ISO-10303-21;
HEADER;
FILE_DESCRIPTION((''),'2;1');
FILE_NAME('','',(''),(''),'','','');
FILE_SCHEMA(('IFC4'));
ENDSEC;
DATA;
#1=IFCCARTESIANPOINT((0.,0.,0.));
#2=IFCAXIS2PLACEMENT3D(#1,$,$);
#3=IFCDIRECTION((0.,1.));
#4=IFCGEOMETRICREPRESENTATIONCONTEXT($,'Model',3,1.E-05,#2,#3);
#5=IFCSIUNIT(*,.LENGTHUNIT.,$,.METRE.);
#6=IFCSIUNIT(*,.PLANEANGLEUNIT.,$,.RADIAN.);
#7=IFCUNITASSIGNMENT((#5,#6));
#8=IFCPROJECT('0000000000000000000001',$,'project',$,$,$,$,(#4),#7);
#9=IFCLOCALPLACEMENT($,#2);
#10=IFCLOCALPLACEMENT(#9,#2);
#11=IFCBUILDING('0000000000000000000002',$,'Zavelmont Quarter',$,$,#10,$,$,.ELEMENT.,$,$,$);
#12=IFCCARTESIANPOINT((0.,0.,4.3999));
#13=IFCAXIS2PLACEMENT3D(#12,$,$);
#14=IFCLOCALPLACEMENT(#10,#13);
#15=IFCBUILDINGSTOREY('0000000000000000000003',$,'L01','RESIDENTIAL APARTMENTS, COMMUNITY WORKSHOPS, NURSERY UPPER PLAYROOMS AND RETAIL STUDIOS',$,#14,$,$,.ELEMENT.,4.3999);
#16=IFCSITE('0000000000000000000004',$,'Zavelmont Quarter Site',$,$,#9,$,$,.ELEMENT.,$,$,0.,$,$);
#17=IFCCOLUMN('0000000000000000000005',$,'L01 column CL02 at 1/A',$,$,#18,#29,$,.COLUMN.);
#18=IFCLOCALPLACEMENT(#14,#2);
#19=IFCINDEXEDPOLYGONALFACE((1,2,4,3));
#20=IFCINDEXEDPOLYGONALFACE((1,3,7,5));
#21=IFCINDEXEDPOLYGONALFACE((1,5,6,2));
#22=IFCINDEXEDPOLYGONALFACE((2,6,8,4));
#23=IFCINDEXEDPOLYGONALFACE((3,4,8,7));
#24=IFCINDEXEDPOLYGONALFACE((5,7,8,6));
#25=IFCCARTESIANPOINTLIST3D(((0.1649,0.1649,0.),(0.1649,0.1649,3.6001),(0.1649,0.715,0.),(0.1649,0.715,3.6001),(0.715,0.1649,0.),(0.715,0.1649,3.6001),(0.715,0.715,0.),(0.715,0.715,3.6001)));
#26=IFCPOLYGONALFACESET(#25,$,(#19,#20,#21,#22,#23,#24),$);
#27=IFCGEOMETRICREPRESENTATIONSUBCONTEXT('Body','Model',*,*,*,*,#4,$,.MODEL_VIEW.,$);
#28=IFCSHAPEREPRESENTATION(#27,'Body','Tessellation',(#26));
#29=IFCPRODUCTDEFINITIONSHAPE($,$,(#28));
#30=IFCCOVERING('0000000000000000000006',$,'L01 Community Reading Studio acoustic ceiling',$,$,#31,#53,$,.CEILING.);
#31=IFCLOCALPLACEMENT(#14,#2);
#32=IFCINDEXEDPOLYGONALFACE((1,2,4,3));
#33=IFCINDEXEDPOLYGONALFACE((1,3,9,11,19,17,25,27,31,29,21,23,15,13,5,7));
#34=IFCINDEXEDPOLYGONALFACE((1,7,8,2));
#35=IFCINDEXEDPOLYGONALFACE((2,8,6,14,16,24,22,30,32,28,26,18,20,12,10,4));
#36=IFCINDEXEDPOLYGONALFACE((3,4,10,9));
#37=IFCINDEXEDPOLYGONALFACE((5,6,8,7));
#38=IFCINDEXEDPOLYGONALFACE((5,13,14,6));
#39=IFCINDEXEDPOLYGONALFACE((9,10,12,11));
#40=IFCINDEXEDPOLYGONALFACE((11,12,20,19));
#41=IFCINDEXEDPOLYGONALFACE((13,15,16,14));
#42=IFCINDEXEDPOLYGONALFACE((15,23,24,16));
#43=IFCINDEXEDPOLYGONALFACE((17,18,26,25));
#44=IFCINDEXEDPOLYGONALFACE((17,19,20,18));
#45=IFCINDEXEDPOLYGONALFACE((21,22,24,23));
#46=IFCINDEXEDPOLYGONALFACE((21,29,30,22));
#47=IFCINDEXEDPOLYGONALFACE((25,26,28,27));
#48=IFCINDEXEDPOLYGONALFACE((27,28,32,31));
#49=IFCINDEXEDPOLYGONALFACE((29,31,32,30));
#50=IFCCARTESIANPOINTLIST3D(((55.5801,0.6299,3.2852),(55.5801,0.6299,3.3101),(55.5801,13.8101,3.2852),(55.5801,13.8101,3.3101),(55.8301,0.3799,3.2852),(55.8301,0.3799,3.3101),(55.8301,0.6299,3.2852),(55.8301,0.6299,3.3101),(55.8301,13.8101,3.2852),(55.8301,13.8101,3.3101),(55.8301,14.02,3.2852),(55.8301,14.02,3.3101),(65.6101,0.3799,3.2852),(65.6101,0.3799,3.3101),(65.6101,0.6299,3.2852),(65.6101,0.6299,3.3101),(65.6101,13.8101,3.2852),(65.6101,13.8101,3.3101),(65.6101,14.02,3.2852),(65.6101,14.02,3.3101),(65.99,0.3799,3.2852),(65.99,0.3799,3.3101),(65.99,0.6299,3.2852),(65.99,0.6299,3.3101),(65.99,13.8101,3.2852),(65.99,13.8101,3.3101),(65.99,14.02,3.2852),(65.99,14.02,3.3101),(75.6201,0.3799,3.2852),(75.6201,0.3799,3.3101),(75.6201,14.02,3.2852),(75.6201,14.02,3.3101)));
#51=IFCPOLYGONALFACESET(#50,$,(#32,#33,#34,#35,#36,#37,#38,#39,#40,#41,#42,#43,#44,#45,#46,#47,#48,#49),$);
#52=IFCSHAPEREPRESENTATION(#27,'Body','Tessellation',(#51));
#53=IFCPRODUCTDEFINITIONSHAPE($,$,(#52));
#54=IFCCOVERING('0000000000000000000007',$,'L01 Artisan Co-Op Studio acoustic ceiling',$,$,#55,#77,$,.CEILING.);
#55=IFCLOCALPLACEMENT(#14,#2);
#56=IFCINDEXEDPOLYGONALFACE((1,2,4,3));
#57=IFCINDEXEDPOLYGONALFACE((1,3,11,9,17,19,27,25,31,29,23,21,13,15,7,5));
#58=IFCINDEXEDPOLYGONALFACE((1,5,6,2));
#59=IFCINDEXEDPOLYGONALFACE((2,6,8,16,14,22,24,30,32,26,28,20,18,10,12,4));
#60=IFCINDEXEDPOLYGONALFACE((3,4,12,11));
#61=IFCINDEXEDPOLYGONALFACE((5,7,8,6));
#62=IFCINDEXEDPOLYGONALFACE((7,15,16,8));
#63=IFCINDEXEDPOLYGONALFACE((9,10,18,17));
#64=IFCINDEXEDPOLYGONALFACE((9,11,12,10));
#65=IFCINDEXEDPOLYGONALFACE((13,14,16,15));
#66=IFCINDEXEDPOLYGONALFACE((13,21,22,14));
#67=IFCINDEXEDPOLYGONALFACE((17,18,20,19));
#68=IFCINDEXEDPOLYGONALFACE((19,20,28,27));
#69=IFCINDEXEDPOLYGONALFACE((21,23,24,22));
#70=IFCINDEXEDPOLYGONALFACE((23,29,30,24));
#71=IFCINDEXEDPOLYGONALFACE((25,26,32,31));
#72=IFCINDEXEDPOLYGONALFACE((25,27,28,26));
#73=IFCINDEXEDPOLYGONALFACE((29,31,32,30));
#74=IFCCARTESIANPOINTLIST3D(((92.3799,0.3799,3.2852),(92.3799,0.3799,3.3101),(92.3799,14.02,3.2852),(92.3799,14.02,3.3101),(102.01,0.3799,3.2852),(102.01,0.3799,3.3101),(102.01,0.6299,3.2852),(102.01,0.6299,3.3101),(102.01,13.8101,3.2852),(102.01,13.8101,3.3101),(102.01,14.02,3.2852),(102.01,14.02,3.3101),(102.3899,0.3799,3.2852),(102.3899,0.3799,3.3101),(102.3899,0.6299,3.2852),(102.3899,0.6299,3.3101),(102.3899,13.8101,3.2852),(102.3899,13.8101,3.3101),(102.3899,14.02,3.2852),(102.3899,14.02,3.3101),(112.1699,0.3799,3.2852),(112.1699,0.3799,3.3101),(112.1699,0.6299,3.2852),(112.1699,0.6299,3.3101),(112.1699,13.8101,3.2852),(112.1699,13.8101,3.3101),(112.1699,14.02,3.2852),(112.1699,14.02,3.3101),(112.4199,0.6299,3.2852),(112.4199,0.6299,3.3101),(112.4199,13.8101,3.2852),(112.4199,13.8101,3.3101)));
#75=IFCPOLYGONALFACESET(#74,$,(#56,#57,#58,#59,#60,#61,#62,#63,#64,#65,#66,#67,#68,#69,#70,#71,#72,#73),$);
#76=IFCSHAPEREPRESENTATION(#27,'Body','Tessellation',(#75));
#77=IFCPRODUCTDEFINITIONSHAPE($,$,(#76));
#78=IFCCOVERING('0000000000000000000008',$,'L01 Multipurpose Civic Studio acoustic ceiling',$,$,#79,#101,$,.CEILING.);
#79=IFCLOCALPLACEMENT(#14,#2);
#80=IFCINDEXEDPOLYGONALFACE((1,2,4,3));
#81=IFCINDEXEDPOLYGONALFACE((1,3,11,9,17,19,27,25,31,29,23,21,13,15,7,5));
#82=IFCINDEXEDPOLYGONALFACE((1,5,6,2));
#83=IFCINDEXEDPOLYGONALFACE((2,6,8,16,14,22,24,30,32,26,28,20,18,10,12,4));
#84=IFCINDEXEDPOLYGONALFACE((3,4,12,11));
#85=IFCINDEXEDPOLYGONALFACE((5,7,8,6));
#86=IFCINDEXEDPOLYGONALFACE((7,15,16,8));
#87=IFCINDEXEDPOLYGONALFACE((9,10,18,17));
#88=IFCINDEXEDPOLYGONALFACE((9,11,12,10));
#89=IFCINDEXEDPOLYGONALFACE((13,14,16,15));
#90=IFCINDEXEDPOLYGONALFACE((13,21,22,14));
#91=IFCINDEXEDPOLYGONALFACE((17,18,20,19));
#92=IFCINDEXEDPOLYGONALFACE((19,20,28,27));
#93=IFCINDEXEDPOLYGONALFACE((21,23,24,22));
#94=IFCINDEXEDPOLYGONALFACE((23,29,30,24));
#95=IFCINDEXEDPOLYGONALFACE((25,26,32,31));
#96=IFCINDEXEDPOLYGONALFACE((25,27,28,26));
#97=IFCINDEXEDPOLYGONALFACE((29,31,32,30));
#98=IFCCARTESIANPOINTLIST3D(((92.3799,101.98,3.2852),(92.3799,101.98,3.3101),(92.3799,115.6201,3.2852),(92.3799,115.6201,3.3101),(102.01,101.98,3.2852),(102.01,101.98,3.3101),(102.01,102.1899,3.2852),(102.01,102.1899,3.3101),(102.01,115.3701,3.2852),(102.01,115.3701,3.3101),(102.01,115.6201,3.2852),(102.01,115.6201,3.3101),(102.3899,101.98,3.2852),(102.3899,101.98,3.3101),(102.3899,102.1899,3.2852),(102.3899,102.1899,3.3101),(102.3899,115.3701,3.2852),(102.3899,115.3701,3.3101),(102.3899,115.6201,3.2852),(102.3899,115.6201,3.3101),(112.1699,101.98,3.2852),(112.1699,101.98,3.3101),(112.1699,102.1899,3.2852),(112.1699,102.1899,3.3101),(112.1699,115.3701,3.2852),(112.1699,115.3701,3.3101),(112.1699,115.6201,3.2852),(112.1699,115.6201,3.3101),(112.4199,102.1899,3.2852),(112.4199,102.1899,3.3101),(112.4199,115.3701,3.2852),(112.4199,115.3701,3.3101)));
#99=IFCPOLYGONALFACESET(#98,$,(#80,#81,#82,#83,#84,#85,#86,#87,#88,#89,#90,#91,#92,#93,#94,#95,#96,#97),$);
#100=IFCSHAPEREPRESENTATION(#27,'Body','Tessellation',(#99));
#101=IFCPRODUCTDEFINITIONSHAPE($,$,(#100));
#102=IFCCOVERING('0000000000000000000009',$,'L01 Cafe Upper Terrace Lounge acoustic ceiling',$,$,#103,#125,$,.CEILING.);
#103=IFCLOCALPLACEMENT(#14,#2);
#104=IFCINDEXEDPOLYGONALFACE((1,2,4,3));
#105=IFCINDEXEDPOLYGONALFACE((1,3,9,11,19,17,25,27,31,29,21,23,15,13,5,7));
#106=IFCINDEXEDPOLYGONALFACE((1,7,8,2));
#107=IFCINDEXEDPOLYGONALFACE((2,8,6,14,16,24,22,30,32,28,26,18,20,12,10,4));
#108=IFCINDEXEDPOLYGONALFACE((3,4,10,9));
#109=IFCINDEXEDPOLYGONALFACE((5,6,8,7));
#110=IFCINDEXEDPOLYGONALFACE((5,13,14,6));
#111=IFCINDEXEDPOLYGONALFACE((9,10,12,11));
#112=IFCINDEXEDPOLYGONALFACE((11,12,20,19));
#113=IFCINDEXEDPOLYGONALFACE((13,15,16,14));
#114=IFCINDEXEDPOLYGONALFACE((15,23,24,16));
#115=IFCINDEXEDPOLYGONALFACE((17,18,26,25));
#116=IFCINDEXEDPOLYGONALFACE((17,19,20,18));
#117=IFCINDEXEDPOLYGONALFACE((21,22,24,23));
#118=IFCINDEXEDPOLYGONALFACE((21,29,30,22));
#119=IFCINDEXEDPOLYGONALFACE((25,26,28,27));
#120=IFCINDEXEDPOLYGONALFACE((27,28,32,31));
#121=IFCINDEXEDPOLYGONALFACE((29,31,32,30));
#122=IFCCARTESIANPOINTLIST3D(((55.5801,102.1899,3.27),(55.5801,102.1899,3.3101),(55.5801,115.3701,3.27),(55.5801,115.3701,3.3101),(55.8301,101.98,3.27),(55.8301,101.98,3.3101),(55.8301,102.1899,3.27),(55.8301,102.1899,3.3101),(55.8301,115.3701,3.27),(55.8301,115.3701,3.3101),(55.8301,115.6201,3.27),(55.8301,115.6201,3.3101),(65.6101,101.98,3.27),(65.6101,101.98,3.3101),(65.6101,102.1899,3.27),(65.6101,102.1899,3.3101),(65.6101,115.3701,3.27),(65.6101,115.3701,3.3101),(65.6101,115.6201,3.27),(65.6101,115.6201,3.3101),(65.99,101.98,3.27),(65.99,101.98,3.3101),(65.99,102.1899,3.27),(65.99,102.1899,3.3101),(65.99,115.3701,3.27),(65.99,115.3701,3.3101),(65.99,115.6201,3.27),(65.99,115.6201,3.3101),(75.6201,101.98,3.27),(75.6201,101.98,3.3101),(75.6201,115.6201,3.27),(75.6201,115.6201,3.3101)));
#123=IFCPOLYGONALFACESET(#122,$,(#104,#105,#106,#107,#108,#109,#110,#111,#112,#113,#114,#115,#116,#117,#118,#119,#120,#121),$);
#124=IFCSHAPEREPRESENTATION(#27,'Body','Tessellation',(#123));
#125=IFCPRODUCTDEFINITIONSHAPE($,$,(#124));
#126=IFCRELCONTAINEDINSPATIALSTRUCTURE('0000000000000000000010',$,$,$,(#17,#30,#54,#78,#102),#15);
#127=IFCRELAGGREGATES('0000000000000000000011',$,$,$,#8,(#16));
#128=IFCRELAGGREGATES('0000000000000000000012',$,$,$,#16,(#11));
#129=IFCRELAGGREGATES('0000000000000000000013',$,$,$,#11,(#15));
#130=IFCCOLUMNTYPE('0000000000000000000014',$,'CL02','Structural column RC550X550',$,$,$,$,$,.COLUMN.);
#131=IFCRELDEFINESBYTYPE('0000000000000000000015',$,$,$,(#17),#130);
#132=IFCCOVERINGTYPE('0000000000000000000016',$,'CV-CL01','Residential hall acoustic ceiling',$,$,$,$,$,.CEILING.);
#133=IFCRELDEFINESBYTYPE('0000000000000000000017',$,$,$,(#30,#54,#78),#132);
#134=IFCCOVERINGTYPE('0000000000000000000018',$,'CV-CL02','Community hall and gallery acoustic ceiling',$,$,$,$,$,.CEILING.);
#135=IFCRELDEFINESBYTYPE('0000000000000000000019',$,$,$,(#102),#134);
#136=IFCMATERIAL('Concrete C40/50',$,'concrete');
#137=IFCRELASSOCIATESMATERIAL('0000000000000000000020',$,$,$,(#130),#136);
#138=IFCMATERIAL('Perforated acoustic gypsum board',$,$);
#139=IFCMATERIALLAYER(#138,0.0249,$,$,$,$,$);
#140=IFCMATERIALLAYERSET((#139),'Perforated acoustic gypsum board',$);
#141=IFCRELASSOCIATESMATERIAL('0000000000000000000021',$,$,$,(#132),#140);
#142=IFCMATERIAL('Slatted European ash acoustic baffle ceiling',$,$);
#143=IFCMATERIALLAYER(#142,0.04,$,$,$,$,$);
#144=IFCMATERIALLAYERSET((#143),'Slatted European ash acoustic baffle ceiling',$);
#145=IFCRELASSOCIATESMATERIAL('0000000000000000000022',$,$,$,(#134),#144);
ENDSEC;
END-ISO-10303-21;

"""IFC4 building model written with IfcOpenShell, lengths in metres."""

from ifc_helpers import new_model, si_unit, direction, frame, origin, origin_2d, place, context, subcontext, project, spatial, polyline, rectangle, outline, extrude, material, layer, layer_set, material_profile, profile_set, type_object, element, save


model = new_model("IFC4")

# Units and contexts
model_context = context("Model", 3, precision=1e-05, world=origin(), true_north=direction((0.0, 1.0)))
body_context = subcontext(model_context, "Body", "Model", "MODEL_VIEW")
ifc_project = project(units=[si_unit("LENGTHUNIT", "METRE"), si_unit("PLANEANGLEUNIT", "RADIAN")], contexts=[model_context])

# Site, building, storey
site_placement = place(None, origin())
site = spatial("IfcSite", under=ifc_project, at=site_placement, Name="Zavelmont Quarter Site", CompositionType="ELEMENT", RefElevation=0.0)
building_placement = place(site_placement, origin())
building = spatial("IfcBuilding", under=site, at=building_placement, Name="Zavelmont Quarter", CompositionType="ELEMENT")
storey_placement = place(building_placement, frame((0.0, 0.0, 4.3999)))
storey = spatial("IfcBuildingStorey", under=building, at=storey_placement, Name="L01", Description="RESIDENTIAL APARTMENTS, COMMUNITY WORKSHOPS, NURSERY UPPER PLAYROOMS AND RETAIL STUDIOS", CompositionType="ELEMENT", Elevation=4.3999)

# Column
ifc_material_1 = material(Name="Concrete C40/50", Category="concrete")
ifc_material_profile = material_profile(ifc_material_1, rectangle(XDim=0.55, YDim=0.55, at=origin_2d()), Name="RC550X550")
ifc_profile_set = profile_set([ifc_material_profile], Name="Concrete C40/50")
column_type = type_object("IfcColumnType", Name="CL02", Description="Structural column RC550X550", PredefinedType="COLUMN", material=ifc_profile_set)
column_placement = place(storey_placement, frame((0.4399, 0.4399, 0.0), z_axis=(0.0, 0.0, 1.0), x_axis=(1.0, 0.0, 0.0)))
element("IfcColumn", 1, at=column_placement, inside=storey, type_object=column_type, Name="L01 column CL02 at 1/A", PredefinedType="COLUMN", context=body_context, shape_type="SweptSolid", body=[
    extrude(rectangle(XDim=0.55, YDim=0.55, at=origin_2d()), origin(), (0.0, 0.0, 1.0), 3.6001),
])

# Coverings
ifc_material_2 = material(Name="Perforated acoustic gypsum board")
ifc_layer_1 = layer(ifc_material_2, 0.0249)
ifc_layer_set_1 = layer_set([ifc_layer_1], Name="Perforated acoustic gypsum board")
covering_type_1 = type_object("IfcCoveringType", Name="CV-CL01", Description="Residential hall acoustic ceiling", PredefinedType="CEILING", material=ifc_layer_set_1)
covering_1_placement = place(storey_placement, frame((0.0, 0.0, 3.2852)))
element("IfcCovering", 2, at=covering_1_placement, inside=storey, type_object=covering_type_1, Name="L01 Community Reading Studio acoustic ceiling", PredefinedType="CEILING", context=body_context, shape_type="SweptSolid", body=[
    extrude(outline(polyline([(55.5801, 13.8101), (55.8301, 13.8101), (55.8301, 14.02), (65.6101, 14.02), (65.6101, 13.8101), (65.99, 13.8101), (65.99, 14.02), (75.6201, 14.02), (75.6201, 0.3799), (65.99, 0.3799), (65.99, 0.6299), (65.6101, 0.6299), (65.6101, 0.3799), (55.8301, 0.3799), (55.8301, 0.6299), (55.5801, 0.6299), (55.5801, 13.8101)])), origin(), (0.0, 0.0, 1.0), 0.0249),
])
covering_2_placement = place(storey_placement, frame((0.0, 0.0, 3.2852)))
element("IfcCovering", 3, at=covering_2_placement, inside=storey, type_object=covering_type_1, Name="L01 Artisan Co-Op Studio acoustic ceiling", PredefinedType="CEILING", context=body_context, shape_type="SweptSolid", body=[
    extrude(outline(polyline([(92.3799, 14.02), (102.01, 14.02), (102.01, 13.8101), (102.3899, 13.8101), (102.3899, 14.02), (112.1699, 14.02), (112.1699, 13.8101), (112.4199, 13.8101), (112.4199, 0.6299), (112.1699, 0.6299), (112.1699, 0.3799), (102.3899, 0.3799), (102.3899, 0.6299), (102.01, 0.6299), (102.01, 0.3799), (92.3799, 0.3799), (92.3799, 14.02)])), origin(), (0.0, 0.0, 1.0), 0.0249),
])
covering_3_placement = place(storey_placement, frame((0.0, 0.0, 3.2852)))
element("IfcCovering", 4, at=covering_3_placement, inside=storey, type_object=covering_type_1, Name="L01 Multipurpose Civic Studio acoustic ceiling", PredefinedType="CEILING", context=body_context, shape_type="SweptSolid", body=[
    extrude(outline(polyline([(92.3799, 115.6201), (102.01, 115.6201), (102.01, 115.3701), (102.3899, 115.3701), (102.3899, 115.6201), (112.1699, 115.6201), (112.1699, 115.3701), (112.4199, 115.3701), (112.4199, 102.1899), (112.1699, 102.1899), (112.1699, 101.98), (102.3899, 101.98), (102.3899, 102.1899), (102.01, 102.1899), (102.01, 101.98), (92.3799, 101.98), (92.3799, 115.6201)])), origin(), (0.0, 0.0, 1.0), 0.0249),
])
ifc_material_3 = material(Name="Slatted European ash acoustic baffle ceiling")
ifc_layer_2 = layer(ifc_material_3, 0.04)
ifc_layer_set_2 = layer_set([ifc_layer_2], Name="Slatted European ash acoustic baffle ceiling")
covering_type_2 = type_object("IfcCoveringType", Name="CV-CL02", Description="Community hall and gallery acoustic ceiling", PredefinedType="CEILING", material=ifc_layer_set_2)
covering_4_placement = place(storey_placement, frame((0.0, 0.0, 3.27)))
element("IfcCovering", 5, at=covering_4_placement, inside=storey, type_object=covering_type_2, Name="L01 Cafe Upper Terrace Lounge acoustic ceiling", PredefinedType="CEILING", context=body_context, shape_type="SweptSolid", body=[
    extrude(outline(polyline([(55.5801, 115.3701), (55.8301, 115.3701), (55.8301, 115.6201), (65.6101, 115.6201), (65.6101, 115.3701), (65.99, 115.3701), (65.99, 115.6201), (75.6201, 115.6201), (75.6201, 101.98), (65.99, 101.98), (65.99, 102.1899), (65.6101, 102.1899), (65.6101, 101.98), (55.8301, 101.98), (55.8301, 102.1899), (55.5801, 102.1899), (55.5801, 115.3701)])), origin(), (0.0, 0.0, 1.0), 0.04),
])

save(model, "model.ifc")
